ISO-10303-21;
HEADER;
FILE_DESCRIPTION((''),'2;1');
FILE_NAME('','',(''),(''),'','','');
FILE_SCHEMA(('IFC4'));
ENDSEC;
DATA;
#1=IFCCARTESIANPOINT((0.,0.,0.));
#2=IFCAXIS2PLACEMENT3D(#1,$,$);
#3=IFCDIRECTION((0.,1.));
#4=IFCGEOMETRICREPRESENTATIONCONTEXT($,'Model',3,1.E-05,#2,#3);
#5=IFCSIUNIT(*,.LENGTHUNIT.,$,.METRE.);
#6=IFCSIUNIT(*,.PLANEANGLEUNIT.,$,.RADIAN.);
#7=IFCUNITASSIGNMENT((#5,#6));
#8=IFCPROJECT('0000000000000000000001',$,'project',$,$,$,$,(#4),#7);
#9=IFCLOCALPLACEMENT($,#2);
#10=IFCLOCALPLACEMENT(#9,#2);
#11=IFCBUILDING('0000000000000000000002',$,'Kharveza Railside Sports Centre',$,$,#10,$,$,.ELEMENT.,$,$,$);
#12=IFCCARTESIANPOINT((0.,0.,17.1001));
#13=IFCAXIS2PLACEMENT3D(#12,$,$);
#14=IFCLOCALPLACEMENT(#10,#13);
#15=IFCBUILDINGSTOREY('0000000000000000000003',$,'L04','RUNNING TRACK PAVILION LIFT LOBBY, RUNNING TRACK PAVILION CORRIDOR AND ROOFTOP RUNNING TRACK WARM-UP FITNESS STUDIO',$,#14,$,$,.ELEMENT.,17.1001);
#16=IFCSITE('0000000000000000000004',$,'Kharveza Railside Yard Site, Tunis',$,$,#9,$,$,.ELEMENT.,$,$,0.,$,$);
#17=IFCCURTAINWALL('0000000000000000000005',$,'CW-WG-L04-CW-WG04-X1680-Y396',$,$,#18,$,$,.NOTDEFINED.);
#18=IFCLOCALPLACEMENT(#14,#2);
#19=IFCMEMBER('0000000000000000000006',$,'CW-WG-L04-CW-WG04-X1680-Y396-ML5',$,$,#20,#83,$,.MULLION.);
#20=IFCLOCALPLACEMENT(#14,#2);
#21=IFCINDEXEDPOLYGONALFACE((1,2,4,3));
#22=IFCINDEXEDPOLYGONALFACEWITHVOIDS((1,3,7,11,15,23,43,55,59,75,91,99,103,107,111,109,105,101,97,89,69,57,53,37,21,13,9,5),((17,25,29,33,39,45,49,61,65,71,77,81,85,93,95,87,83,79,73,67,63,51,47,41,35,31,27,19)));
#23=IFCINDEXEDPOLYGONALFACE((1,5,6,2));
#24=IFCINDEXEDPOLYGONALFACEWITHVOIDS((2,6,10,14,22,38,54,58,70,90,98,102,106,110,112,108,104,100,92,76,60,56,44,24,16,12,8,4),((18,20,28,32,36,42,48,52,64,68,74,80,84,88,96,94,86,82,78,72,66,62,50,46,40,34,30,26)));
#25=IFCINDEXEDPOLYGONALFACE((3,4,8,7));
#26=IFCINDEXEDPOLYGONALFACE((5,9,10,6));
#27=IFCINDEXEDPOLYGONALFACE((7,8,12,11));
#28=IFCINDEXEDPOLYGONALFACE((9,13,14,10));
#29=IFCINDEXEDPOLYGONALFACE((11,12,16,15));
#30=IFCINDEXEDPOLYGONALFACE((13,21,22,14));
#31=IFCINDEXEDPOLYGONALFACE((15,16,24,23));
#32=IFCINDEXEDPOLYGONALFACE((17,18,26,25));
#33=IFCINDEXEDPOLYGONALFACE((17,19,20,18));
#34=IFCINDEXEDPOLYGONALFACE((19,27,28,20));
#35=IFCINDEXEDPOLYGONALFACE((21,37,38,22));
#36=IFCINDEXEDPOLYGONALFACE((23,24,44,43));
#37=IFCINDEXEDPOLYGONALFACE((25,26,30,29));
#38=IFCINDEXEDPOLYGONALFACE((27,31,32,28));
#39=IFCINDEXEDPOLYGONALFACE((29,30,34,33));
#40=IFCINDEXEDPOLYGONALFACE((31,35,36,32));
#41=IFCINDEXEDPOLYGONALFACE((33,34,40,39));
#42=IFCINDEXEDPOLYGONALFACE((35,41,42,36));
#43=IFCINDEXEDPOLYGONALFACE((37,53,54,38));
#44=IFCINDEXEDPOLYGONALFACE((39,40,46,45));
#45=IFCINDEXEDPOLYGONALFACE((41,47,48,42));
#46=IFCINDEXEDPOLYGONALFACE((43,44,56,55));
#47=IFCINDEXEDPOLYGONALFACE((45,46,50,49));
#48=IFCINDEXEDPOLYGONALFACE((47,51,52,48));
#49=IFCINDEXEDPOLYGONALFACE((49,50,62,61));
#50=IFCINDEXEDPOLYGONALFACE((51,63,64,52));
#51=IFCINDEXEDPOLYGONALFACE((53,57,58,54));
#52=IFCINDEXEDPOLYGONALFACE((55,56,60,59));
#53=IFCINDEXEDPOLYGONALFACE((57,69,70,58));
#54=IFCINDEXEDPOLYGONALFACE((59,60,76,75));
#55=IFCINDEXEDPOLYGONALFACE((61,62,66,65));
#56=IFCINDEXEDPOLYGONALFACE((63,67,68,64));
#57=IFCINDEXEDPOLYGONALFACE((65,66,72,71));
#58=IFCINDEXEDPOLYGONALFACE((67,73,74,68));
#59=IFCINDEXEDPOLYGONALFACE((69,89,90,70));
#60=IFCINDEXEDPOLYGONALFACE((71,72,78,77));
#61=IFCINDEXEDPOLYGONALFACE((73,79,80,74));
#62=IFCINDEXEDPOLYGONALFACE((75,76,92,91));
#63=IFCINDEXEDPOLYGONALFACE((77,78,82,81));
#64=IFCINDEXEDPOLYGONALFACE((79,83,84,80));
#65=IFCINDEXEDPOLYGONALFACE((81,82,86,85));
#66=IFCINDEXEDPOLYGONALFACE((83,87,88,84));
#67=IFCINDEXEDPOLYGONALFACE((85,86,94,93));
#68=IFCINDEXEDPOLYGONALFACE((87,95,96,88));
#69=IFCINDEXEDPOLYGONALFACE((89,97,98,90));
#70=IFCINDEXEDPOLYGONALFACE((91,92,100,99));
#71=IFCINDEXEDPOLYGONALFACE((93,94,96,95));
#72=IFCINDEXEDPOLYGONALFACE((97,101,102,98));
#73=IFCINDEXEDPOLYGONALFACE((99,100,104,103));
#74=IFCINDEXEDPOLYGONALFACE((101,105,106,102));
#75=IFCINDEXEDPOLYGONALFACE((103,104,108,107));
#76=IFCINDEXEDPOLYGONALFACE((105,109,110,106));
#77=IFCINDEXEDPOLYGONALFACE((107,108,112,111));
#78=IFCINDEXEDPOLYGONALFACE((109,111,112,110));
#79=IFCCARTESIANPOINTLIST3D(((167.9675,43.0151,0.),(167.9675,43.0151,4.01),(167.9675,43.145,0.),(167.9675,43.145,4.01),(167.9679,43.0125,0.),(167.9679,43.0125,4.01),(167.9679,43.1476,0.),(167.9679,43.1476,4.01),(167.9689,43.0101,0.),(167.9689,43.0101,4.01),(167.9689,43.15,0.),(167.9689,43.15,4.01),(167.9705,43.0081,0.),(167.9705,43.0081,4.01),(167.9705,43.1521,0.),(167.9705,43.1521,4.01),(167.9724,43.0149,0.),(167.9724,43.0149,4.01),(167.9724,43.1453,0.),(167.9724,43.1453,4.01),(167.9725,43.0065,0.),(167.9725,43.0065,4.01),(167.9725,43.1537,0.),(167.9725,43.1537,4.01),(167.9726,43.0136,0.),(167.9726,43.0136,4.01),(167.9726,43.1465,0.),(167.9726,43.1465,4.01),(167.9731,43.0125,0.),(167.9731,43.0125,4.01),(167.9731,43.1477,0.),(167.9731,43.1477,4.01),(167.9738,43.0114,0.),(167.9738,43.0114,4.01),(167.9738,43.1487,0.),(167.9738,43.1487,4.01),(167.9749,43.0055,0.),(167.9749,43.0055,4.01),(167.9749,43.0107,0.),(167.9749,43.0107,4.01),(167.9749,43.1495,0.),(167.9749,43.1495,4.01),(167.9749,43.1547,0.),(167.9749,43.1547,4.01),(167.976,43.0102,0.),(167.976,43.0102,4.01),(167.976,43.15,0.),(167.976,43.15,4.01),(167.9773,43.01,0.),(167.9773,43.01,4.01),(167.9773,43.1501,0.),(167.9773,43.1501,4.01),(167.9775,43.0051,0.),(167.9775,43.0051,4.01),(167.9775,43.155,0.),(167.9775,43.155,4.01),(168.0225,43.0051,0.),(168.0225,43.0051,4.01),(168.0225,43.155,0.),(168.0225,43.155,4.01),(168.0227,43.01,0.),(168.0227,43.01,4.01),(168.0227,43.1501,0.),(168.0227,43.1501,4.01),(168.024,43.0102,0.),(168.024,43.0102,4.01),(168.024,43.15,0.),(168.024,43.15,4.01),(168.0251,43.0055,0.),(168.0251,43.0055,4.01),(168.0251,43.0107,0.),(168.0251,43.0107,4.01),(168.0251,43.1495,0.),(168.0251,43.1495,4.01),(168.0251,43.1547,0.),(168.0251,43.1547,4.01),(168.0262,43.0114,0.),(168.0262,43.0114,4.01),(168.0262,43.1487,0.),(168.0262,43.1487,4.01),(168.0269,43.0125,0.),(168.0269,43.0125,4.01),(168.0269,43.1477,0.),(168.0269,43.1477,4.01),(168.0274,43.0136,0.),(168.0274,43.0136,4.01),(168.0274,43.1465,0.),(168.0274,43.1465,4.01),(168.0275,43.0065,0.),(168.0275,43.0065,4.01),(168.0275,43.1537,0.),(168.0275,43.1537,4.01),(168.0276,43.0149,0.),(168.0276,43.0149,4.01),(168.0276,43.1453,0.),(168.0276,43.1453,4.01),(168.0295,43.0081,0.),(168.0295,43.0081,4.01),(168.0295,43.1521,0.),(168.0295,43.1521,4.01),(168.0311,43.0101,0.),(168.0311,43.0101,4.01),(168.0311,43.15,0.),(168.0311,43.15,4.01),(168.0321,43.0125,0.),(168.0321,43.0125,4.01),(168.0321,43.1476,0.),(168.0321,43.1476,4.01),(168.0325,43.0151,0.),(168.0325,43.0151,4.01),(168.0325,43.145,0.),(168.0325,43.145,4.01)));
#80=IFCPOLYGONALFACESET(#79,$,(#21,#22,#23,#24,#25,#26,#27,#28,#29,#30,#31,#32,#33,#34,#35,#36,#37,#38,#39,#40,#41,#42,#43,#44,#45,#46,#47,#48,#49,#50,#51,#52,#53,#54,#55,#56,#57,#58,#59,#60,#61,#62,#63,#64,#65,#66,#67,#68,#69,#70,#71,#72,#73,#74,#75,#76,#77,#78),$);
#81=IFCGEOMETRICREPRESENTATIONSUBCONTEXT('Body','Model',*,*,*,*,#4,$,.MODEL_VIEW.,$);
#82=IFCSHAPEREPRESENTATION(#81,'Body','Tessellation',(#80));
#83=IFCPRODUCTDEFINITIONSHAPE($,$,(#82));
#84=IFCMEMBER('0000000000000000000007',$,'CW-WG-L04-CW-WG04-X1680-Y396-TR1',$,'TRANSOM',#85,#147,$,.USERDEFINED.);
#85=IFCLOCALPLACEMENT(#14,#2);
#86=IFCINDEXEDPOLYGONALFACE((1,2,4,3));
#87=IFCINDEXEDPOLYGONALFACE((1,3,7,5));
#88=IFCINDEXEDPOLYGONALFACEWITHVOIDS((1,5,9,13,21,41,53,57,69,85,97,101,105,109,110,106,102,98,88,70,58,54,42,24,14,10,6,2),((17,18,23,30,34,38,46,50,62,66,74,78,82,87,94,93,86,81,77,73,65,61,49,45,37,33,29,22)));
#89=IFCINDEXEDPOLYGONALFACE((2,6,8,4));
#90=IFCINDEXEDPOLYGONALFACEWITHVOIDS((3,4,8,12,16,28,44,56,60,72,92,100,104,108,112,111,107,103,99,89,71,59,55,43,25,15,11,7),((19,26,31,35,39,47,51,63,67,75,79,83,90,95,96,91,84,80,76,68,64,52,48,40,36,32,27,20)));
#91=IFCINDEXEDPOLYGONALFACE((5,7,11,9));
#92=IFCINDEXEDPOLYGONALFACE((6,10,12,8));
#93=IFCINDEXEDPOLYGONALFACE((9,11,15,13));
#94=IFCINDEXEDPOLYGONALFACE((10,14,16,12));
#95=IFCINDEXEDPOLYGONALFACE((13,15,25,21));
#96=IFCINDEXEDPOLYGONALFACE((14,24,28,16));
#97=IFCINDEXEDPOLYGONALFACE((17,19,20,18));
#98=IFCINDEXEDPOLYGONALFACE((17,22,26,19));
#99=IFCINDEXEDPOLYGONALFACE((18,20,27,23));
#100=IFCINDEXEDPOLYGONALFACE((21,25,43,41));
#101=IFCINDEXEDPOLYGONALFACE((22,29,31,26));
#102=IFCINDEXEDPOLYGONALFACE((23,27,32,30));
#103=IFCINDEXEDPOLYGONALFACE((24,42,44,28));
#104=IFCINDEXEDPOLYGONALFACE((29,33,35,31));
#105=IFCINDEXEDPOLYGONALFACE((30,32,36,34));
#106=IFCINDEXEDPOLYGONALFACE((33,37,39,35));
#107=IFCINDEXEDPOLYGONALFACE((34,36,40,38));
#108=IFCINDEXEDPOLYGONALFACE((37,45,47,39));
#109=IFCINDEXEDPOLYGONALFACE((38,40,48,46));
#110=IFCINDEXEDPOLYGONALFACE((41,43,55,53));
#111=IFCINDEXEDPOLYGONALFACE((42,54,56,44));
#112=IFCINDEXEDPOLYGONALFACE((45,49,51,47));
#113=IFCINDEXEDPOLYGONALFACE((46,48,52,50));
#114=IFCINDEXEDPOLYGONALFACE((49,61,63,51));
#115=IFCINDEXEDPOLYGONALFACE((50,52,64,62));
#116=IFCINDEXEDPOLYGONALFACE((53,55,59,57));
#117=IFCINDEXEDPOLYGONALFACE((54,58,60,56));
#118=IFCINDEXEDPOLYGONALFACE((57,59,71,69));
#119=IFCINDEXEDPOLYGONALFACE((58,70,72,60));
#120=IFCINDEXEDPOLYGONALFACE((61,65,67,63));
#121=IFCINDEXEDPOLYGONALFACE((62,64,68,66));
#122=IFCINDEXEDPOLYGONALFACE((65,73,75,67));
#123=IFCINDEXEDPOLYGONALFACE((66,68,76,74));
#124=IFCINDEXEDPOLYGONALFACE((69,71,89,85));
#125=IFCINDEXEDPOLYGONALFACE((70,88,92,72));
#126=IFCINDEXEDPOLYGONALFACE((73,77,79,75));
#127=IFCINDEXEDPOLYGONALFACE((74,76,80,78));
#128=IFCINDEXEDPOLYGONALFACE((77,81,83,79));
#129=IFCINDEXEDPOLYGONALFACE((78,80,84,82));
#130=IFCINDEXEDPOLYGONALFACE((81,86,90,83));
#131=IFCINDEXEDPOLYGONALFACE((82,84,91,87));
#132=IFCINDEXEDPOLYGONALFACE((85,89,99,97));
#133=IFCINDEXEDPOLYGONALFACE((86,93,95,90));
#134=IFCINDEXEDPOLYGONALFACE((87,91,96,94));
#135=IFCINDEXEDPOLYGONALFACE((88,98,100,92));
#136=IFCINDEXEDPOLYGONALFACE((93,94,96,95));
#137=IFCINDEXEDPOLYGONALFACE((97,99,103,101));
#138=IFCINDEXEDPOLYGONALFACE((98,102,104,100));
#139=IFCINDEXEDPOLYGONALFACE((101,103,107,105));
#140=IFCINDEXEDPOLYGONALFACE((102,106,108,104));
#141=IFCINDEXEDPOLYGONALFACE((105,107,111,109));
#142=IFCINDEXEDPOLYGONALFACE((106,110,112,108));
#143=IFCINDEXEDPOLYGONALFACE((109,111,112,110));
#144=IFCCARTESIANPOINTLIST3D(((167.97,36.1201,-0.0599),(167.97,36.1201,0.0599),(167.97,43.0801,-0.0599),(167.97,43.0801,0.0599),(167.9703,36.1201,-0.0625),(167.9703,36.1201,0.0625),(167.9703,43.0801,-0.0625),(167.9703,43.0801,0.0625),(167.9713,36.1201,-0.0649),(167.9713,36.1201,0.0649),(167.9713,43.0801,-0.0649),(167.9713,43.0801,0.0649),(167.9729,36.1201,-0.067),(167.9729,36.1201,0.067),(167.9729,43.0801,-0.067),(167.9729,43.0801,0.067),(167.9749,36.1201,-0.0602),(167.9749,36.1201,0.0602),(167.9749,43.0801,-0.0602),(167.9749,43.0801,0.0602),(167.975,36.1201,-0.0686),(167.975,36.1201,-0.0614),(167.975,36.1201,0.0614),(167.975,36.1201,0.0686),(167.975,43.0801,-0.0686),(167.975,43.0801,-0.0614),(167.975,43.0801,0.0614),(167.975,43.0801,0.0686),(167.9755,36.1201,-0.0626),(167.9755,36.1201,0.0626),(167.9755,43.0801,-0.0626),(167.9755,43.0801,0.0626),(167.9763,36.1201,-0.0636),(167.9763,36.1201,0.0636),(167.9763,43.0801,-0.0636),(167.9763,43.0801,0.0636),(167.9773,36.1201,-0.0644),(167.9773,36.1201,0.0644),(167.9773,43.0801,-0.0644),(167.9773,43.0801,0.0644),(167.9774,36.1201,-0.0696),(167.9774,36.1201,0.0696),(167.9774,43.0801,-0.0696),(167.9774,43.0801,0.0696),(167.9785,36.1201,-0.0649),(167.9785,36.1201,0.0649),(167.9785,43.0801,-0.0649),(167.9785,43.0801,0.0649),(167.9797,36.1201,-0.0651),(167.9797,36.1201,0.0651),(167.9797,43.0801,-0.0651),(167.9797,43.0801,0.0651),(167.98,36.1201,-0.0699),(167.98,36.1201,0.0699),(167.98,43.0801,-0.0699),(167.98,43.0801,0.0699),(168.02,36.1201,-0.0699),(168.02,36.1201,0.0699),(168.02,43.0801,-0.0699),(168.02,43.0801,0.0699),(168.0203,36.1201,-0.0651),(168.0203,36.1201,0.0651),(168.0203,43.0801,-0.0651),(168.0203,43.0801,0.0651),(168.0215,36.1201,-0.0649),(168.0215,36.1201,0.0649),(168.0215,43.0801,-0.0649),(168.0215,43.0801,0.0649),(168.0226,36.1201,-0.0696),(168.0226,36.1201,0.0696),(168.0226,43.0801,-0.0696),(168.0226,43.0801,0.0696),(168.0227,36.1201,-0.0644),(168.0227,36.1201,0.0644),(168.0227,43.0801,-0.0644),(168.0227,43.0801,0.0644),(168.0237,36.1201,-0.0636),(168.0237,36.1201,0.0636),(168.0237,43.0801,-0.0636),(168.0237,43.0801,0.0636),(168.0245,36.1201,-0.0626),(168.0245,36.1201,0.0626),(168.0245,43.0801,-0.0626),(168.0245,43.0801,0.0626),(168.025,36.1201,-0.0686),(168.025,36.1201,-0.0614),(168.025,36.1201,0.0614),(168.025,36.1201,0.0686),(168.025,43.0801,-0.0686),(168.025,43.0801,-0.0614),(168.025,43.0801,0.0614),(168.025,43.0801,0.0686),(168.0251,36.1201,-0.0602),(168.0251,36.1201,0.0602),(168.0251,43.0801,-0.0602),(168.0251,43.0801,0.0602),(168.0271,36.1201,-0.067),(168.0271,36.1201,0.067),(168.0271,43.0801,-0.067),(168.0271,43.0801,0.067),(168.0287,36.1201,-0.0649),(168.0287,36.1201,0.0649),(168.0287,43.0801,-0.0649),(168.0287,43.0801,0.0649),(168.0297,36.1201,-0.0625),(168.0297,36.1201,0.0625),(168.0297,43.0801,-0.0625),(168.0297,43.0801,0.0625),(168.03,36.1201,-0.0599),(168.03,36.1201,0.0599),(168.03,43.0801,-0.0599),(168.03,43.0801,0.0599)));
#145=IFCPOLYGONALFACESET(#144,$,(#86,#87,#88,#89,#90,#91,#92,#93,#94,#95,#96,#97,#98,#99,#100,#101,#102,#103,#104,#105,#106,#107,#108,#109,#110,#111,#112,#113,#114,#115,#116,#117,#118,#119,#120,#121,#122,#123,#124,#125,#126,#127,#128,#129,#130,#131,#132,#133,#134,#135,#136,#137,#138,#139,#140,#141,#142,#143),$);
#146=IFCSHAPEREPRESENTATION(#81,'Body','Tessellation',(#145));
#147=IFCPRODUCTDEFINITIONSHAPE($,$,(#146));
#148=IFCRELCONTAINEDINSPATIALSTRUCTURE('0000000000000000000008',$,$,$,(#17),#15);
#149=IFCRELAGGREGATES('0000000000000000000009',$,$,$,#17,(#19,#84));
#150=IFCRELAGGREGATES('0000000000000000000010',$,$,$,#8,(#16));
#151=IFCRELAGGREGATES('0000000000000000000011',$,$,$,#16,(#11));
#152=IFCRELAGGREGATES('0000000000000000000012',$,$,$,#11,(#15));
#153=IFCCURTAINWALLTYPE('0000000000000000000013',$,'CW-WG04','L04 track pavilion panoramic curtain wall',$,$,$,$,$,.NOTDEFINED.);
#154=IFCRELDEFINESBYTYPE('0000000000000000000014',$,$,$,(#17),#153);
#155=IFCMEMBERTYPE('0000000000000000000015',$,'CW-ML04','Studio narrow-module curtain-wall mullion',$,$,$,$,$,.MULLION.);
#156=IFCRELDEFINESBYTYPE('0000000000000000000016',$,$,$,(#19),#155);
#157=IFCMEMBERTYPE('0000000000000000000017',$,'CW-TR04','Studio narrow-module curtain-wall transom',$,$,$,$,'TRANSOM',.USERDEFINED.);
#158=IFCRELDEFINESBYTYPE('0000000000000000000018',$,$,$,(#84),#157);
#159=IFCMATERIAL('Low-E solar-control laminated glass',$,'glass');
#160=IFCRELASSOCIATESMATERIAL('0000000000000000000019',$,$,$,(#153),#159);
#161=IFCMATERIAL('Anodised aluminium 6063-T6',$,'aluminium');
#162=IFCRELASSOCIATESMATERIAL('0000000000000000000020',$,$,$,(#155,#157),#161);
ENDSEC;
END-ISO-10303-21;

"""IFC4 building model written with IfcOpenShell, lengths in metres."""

from ifc_helpers import new_model, si_unit, direction, frame, origin, origin_2d, place, context, subcontext, project, spatial, hollow_rectangle, extrude, material, material_profile, profile_set, type_object, element, aggregate, save


model = new_model("IFC4")

# Units and contexts
model_context = context("Model", 3, precision=1e-05, world=origin(), true_north=direction((0.0, 1.0)))
body_context = subcontext(model_context, "Body", "Model", "MODEL_VIEW")
ifc_project = project(units=[si_unit("LENGTHUNIT", "METRE"), si_unit("PLANEANGLEUNIT", "RADIAN")], contexts=[model_context])

# Site, building, storey
site_placement = place(None, origin())
site = spatial("IfcSite", under=ifc_project, at=site_placement, Name="Kharveza Railside Yard Site, Tunis", CompositionType="ELEMENT", RefElevation=0.0)
building_placement = place(site_placement, origin())
building = spatial("IfcBuilding", under=site, at=building_placement, Name="Kharveza Railside Sports Centre", CompositionType="ELEMENT")
storey_placement = place(building_placement, frame((0.0, 0.0, 17.1001)))
storey = spatial("IfcBuildingStorey", under=building, at=storey_placement, Name="L04", Description="RUNNING TRACK PAVILION LIFT LOBBY, RUNNING TRACK PAVILION CORRIDOR AND ROOFTOP RUNNING TRACK WARM-UP FITNESS STUDIO", CompositionType="ELEMENT", Elevation=17.1001)

# Curtain wall, members
ifc_material_1 = material(Name="Low-E solar-control laminated glass", Category="glass")
curtain_wall_type = type_object("IfcCurtainWallType", Name="CW-WG04", Description="L04 track pavilion panoramic curtain wall", PredefinedType="NOTDEFINED", material=ifc_material_1)
curtain_wall_placement = place(storey_placement, origin())
curtain_wall = element("IfcCurtainWall", 1, at=curtain_wall_placement, inside=storey, type_object=curtain_wall_type, Name="CW-WG-L04-CW-WG04-X1680-Y396", PredefinedType="NOTDEFINED")
ifc_material_2 = material(Name="Anodised aluminium 6063-T6", Category="aluminium")
ifc_material_profile_1 = material_profile(ifc_material_2, hollow_rectangle(XDim=0.0649, YDim=0.1499, WallThickness=0.0049, InnerFilletRadius=0.0049, OuterFilletRadius=0.01, at=origin_2d()), Name="RHS 65x150x5.0")
ifc_profile_set_1 = profile_set([ifc_material_profile_1], Name="Anodised aluminium 6063-T6")
member_type_1 = type_object("IfcMemberType", Name="CW-ML04", Description="Studio narrow-module curtain-wall mullion", PredefinedType="MULLION", material=ifc_profile_set_1)
member_1_placement = place(storey_placement, frame((168.0, 43.0801, 0.0), z_axis=(0.0, 0.0, 1.0), x_axis=(1.0, 0.0, 0.0)))
member_1 = element("IfcMember", 2, at=member_1_placement, type_object=member_type_1, Name="CW-WG-L04-CW-WG04-X1680-Y396-ML5", PredefinedType="MULLION", context=body_context, shape_type="SweptSolid", body=[
    extrude(hollow_rectangle(XDim=0.0649, YDim=0.1499, WallThickness=0.0049, InnerFilletRadius=0.0049, OuterFilletRadius=0.01, at=origin_2d()), origin(), (0.0, 0.0, 1.0), 4.01),
])
ifc_material_profile_2 = material_profile(ifc_material_2, hollow_rectangle(XDim=0.0601, YDim=0.1399, WallThickness=0.0049, InnerFilletRadius=0.0049, OuterFilletRadius=0.01, at=origin_2d()), Name="RHS 60x140x5.0")
ifc_profile_set_2 = profile_set([ifc_material_profile_2], Name="Anodised aluminium 6063-T6")
member_type_2 = type_object("IfcMemberType", Name="CW-TR04", Description="Studio narrow-module curtain-wall transom", ElementType="TRANSOM", PredefinedType="USERDEFINED", material=ifc_profile_set_2)
member_2_placement = place(storey_placement, frame((168.0, 36.1201, 0.0), z_axis=(0.0, 1.0, 0.0), x_axis=(-1.0, 0.0, 0.0)))
member_2 = element("IfcMember", 3, at=member_2_placement, type_object=member_type_2, Name="CW-WG-L04-CW-WG04-X1680-Y396-TR1", ObjectType="TRANSOM", PredefinedType="USERDEFINED", context=body_context, shape_type="SweptSolid", body=[
    extrude(hollow_rectangle(XDim=0.0601, YDim=0.1399, WallThickness=0.0049, InnerFilletRadius=0.0049, OuterFilletRadius=0.01, at=origin_2d()), origin(), (0.0, 0.0, 1.0), 6.96),
])
aggregate(curtain_wall, [member_1, member_2])

save(model, "model.ifc")
